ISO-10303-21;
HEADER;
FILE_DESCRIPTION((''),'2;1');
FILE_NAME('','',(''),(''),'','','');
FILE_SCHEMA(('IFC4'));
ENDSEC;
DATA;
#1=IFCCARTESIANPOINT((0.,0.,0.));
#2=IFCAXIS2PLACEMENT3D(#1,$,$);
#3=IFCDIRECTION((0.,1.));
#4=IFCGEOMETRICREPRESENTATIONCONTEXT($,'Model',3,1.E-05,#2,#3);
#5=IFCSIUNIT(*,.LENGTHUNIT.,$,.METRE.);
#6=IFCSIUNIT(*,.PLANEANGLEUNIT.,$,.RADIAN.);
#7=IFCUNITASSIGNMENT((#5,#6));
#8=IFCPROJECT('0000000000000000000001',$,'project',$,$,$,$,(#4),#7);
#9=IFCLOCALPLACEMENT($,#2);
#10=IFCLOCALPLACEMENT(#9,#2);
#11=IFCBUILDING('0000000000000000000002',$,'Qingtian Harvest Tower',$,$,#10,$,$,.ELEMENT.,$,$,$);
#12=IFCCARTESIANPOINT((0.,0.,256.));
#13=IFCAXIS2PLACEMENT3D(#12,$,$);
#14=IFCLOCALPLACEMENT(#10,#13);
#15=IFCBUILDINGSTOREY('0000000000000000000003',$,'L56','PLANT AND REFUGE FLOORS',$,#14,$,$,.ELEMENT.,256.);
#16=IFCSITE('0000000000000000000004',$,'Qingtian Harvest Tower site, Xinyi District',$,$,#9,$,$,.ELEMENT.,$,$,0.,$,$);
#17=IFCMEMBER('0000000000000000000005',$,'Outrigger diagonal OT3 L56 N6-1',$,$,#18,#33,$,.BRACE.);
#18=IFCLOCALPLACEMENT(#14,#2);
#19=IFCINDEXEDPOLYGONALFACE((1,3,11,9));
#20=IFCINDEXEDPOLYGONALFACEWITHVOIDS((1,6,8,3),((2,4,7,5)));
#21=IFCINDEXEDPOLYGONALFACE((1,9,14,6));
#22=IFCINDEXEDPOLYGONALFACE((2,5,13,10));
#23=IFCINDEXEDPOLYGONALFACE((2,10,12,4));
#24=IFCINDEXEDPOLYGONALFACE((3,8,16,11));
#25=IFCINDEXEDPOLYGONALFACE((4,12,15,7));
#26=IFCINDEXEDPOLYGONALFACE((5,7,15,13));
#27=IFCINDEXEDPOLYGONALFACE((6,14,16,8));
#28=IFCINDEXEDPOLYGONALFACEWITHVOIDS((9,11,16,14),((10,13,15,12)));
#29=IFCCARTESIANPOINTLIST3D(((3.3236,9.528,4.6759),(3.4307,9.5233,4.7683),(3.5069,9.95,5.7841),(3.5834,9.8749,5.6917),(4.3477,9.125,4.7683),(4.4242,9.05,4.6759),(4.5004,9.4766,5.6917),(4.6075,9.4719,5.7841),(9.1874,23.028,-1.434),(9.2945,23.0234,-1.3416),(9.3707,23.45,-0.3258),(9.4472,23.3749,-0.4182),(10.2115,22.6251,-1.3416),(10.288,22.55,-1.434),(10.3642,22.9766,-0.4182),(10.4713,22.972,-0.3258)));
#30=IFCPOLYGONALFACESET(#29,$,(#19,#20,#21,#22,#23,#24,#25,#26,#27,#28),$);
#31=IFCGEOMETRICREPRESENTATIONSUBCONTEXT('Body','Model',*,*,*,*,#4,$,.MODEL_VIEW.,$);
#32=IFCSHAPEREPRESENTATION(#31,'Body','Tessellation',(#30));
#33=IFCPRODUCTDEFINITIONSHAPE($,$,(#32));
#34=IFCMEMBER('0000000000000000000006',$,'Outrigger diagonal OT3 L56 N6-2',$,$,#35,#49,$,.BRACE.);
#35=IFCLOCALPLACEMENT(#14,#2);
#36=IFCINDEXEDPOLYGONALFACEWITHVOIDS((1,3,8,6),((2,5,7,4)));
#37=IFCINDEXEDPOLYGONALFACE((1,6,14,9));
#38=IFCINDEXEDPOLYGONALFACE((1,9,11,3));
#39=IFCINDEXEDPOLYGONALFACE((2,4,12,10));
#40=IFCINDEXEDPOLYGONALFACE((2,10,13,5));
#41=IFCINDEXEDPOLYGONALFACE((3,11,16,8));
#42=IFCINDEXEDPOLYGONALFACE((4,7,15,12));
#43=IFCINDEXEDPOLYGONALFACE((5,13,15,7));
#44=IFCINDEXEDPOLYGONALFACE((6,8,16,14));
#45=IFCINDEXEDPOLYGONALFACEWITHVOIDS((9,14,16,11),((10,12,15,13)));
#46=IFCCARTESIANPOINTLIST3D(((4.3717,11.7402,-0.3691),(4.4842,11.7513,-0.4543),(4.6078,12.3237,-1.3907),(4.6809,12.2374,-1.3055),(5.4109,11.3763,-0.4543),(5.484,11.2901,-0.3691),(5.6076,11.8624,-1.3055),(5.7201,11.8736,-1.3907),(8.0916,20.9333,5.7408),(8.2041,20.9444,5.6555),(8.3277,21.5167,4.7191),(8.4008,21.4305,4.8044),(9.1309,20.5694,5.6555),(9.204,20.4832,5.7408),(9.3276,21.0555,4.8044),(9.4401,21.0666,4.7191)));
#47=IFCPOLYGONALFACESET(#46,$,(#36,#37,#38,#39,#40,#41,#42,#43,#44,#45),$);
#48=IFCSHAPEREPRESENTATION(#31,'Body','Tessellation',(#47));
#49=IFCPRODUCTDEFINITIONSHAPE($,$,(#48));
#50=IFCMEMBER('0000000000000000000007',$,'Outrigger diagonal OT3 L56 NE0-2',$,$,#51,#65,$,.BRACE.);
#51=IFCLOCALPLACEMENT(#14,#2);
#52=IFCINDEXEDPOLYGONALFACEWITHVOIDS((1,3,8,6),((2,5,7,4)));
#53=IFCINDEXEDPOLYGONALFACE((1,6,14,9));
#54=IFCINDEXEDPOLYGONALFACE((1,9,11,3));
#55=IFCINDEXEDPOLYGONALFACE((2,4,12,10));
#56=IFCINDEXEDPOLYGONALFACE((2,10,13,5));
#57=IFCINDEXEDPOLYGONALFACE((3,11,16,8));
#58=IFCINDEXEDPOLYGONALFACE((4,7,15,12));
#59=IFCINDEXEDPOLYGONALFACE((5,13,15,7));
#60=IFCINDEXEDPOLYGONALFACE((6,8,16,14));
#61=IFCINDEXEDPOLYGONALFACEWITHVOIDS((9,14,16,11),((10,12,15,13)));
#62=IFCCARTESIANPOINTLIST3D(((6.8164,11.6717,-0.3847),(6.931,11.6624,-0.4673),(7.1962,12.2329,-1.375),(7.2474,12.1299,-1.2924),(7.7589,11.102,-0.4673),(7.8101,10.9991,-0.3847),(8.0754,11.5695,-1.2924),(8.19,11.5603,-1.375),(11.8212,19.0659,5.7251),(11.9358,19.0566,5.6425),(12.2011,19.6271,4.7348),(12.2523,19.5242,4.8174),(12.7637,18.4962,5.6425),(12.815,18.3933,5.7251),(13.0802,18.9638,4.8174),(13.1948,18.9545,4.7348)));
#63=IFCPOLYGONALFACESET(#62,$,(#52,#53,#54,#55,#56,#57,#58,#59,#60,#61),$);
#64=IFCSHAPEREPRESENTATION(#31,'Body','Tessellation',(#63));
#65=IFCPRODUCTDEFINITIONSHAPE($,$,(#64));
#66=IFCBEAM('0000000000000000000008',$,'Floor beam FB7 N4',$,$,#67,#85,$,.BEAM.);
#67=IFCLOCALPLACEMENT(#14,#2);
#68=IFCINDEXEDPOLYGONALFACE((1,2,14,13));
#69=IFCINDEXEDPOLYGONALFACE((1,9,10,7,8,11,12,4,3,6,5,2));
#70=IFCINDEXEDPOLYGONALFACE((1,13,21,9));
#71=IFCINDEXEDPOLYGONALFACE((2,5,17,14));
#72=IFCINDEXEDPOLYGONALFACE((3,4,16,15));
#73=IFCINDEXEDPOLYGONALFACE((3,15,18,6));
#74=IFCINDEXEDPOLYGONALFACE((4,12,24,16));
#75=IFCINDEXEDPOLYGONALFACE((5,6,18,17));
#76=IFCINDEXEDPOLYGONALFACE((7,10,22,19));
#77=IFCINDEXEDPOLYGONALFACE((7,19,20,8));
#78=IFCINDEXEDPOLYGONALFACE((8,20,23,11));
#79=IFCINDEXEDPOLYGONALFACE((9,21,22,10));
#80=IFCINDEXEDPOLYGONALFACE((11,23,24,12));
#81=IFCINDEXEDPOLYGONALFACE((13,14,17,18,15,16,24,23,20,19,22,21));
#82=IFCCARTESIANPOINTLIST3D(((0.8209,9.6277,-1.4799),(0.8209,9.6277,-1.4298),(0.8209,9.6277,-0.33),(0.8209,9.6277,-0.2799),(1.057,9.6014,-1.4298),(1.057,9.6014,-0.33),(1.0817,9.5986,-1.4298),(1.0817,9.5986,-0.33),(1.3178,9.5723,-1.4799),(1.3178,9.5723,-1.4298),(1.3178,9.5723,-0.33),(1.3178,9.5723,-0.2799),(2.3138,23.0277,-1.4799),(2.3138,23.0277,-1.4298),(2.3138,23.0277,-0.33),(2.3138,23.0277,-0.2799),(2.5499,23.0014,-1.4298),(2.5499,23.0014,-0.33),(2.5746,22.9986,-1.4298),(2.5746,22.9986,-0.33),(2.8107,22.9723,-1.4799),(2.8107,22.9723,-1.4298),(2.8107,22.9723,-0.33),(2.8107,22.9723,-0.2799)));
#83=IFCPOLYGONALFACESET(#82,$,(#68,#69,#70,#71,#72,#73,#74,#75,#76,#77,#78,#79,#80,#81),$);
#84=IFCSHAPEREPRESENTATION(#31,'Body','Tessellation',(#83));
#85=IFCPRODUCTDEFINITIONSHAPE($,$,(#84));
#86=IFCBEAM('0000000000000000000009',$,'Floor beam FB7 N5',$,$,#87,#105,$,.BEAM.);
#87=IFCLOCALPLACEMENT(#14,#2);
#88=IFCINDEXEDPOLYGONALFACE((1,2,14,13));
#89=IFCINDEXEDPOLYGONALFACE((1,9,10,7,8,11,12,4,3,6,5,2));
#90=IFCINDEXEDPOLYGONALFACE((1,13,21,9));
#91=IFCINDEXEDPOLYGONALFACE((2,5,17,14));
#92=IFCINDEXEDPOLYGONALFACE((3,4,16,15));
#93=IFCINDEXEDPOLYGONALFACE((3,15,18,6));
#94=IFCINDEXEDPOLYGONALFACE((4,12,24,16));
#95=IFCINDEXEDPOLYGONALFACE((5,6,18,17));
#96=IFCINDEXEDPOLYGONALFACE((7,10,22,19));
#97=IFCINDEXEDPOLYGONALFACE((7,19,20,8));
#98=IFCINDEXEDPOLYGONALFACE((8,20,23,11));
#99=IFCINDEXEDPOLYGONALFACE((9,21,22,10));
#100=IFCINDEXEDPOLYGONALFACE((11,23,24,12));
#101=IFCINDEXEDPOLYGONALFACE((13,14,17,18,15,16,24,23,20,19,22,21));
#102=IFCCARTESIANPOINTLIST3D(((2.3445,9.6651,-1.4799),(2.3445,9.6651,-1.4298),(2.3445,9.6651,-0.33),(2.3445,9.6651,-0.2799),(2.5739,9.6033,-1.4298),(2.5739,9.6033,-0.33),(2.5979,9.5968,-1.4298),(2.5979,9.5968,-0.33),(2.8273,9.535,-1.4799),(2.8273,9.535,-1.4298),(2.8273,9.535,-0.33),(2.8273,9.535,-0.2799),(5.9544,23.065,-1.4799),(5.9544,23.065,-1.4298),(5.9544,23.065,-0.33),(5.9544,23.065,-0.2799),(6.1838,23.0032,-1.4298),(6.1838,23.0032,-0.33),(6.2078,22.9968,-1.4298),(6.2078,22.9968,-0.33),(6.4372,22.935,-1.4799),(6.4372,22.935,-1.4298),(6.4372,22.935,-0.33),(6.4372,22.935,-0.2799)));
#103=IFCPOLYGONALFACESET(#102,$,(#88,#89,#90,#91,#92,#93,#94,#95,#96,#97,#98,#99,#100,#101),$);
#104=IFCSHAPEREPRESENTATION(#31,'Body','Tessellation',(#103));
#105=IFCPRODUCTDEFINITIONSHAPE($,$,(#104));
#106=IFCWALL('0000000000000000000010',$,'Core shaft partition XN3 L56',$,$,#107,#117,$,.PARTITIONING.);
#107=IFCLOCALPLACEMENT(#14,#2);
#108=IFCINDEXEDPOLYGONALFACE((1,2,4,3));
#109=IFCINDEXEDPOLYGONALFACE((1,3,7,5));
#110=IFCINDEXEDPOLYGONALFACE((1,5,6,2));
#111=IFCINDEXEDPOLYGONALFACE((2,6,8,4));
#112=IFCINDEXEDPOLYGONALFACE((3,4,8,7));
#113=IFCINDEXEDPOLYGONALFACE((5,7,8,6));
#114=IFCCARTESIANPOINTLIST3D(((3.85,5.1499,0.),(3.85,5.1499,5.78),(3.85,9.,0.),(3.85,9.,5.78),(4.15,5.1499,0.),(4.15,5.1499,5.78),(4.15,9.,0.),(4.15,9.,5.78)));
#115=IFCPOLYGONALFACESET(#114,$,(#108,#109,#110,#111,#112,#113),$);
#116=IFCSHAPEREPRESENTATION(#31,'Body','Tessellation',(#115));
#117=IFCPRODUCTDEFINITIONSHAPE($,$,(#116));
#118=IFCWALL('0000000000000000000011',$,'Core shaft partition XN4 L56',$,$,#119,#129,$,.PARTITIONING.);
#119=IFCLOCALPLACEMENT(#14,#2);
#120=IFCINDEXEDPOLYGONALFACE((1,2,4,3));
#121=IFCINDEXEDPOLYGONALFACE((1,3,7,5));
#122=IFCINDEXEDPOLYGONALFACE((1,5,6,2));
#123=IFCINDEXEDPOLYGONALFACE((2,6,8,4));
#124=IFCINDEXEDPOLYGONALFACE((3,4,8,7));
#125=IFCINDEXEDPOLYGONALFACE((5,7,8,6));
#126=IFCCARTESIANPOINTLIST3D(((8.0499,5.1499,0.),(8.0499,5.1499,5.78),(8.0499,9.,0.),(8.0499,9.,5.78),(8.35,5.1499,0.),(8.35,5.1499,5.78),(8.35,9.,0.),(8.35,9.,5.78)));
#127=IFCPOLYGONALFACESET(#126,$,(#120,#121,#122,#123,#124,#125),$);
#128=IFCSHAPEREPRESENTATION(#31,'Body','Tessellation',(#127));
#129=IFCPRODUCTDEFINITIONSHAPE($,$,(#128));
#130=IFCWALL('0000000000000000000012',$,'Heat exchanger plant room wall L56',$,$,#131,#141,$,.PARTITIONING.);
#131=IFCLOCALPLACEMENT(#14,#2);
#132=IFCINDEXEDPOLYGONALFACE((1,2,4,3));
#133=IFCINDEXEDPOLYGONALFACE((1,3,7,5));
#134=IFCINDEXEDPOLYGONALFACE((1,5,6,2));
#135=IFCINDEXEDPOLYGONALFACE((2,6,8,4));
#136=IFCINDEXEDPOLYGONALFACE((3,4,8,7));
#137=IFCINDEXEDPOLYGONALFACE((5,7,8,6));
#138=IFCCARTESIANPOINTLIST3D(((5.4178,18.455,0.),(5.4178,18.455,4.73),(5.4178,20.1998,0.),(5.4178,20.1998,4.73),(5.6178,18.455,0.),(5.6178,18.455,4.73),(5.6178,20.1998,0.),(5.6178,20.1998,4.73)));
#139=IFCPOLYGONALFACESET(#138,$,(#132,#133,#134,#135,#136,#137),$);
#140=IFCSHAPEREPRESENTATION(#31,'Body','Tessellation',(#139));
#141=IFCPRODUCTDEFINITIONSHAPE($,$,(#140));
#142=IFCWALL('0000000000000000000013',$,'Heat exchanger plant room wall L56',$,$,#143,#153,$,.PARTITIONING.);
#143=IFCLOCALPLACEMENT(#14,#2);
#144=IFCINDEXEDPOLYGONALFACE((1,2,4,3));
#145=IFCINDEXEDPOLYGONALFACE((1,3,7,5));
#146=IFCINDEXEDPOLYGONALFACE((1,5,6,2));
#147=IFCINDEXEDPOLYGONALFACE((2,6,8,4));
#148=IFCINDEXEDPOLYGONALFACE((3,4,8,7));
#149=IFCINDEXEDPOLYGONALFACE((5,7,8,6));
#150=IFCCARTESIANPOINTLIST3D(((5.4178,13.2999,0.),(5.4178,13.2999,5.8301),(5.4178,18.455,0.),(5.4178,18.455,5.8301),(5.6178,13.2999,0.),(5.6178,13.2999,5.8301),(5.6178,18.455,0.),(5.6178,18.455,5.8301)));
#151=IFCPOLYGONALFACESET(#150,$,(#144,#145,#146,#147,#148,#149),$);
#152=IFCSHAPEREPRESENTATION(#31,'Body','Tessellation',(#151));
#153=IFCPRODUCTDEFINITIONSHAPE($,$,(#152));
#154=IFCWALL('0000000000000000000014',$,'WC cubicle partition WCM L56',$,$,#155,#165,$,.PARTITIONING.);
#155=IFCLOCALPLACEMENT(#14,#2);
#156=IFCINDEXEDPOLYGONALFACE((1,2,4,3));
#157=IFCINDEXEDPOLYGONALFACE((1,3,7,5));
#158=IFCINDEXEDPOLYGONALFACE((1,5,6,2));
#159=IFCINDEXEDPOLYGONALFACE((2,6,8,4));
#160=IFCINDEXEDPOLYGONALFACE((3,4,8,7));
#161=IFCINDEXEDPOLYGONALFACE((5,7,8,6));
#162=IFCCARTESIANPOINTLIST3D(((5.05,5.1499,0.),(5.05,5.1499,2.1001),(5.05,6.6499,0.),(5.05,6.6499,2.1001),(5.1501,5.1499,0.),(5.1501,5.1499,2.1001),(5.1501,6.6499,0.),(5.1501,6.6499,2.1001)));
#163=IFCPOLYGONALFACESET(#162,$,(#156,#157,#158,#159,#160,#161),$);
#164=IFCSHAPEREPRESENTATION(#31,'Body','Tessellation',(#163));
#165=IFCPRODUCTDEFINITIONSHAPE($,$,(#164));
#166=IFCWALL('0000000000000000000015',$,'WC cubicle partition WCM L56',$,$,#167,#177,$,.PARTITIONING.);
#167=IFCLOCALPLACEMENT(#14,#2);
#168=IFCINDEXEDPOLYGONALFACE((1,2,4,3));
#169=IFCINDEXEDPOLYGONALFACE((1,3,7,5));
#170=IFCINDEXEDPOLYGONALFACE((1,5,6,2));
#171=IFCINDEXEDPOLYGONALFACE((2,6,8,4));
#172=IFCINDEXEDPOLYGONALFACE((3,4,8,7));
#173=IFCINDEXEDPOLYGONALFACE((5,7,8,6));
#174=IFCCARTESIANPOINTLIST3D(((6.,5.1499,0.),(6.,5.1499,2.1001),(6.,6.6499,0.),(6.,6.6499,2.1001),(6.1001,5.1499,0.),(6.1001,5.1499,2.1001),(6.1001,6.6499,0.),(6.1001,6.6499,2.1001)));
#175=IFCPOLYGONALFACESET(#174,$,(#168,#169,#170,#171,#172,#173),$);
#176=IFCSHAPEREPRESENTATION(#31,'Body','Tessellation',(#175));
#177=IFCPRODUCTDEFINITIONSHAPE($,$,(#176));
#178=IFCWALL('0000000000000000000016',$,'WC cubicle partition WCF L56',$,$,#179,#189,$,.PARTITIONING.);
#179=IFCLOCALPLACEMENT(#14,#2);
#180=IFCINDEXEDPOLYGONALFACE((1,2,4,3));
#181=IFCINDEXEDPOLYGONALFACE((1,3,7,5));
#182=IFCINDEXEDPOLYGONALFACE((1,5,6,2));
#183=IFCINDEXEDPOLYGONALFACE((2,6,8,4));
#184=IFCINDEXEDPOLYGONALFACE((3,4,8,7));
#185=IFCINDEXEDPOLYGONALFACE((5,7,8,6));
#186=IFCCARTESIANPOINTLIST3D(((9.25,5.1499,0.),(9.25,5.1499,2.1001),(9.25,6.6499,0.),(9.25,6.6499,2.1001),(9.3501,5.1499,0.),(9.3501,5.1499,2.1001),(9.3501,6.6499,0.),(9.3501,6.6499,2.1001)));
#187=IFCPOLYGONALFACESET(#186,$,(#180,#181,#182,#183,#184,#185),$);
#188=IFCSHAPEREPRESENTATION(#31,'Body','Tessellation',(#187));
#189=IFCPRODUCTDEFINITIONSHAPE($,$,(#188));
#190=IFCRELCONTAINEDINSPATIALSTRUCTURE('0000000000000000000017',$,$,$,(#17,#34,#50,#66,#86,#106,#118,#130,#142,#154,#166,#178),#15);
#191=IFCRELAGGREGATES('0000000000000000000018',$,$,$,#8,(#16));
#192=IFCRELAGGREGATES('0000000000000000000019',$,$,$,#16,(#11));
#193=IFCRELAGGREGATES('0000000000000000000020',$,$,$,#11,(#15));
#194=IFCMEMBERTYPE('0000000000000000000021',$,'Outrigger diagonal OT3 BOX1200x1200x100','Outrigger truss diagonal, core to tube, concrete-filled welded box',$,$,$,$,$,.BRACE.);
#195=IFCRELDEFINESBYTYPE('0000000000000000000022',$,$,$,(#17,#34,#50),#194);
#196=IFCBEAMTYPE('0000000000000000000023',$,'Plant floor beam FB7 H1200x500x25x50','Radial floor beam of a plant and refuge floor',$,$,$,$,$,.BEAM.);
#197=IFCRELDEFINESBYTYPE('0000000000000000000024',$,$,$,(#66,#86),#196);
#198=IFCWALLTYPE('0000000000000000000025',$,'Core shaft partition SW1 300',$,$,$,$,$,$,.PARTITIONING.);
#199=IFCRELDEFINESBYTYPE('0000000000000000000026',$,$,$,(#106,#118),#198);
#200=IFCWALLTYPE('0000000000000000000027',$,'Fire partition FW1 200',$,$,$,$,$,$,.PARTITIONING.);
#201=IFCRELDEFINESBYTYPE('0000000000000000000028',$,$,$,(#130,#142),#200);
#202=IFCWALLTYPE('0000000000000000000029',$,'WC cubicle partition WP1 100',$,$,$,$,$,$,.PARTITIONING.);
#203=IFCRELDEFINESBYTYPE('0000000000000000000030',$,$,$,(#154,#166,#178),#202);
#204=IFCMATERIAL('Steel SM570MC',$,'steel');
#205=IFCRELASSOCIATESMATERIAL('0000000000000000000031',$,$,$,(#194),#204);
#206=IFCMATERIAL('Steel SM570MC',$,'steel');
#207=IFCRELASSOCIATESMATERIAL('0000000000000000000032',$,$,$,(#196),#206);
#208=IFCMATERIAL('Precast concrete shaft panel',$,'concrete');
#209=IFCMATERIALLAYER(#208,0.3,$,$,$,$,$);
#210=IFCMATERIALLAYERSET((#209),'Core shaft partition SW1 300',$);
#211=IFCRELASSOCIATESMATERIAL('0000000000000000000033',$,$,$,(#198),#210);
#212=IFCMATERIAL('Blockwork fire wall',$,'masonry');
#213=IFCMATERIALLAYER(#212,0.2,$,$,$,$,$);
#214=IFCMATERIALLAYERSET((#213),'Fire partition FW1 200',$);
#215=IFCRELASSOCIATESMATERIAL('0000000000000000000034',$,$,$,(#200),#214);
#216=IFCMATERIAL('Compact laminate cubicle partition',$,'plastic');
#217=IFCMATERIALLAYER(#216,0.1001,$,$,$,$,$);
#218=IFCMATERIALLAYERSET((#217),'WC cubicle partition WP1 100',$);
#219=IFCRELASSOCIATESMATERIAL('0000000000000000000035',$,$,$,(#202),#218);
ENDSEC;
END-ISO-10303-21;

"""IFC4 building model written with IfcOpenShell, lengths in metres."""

from ifc_helpers import new_model, si_unit, direction, frame, frame_2d, origin, origin_2d, place, context, subcontext, project, spatial, rectangle, hollow_rectangle, i_section, extrude, material, layer, layer_set, material_profile, profile_set, type_object, element, save


model = new_model("IFC4")

# Units and contexts
model_context = context("Model", 3, precision=1e-05, world=origin(), true_north=direction((0.0, 1.0)))
body_context = subcontext(model_context, "Body", "Model", "MODEL_VIEW")
ifc_project = project(units=[si_unit("LENGTHUNIT", "METRE"), si_unit("PLANEANGLEUNIT", "RADIAN")], contexts=[model_context])

# Site, building, storey
site_placement = place(None, origin())
site = spatial("IfcSite", under=ifc_project, at=site_placement, Name="Qingtian Harvest Tower site, Xinyi District", CompositionType="ELEMENT", RefElevation=0.0)
building_placement = place(site_placement, origin())
building = spatial("IfcBuilding", under=site, at=building_placement, Name="Qingtian Harvest Tower", CompositionType="ELEMENT")
storey_placement = place(building_placement, frame((0.0, 0.0, 256.0)))
storey = spatial("IfcBuildingStorey", under=building, at=storey_placement, Name="L56", Description="PLANT AND REFUGE FLOORS", CompositionType="ELEMENT", Elevation=256.0)

# Members
ifc_material_1 = material(Name="Steel SM570MC", Category="steel")
ifc_material_profile_1 = material_profile(ifc_material_1, hollow_rectangle(XDim=1.2, YDim=1.2, WallThickness=0.1001, at=origin_2d()), Name="BOX1200x1200x100")
ifc_profile_set_1 = profile_set([ifc_material_profile_1], Name="Steel SM570MC")
member_type_1 = type_object("IfcMemberType", Name="Outrigger diagonal OT3 BOX1200x1200x100", Description="Outrigger truss diagonal, core to tube, concrete-filled welded box", PredefinedType="BRACE", material=ifc_profile_set_1)
member_1_placement = place(storey_placement, frame((9.8293, 23.0, -0.8799), z_axis=(-0.367952, -0.847125, 0.383394), x_axis=(0.917214, -0.398395, 0.0)))
element("IfcMember", 1, at=member_1_placement, inside=storey, type_object=member_type_1, Name="Outrigger diagonal OT3 L56 N6-1", PredefinedType="BRACE", context=body_context, shape_type="SweptSolid", body=[
    extrude(hollow_rectangle(XDim=1.2, YDim=1.2, WallThickness=0.1001, at=origin_2d()), origin(), (0.0, 0.0, 1.0), 15.9363),
])
member_2_placement = place(storey_placement, frame((5.0459, 11.8069, -0.8799), z_axis=(0.319358, 0.789226, 0.52453), x_axis=(-0.926984, 0.375102, 0.0)))
element("IfcMember", 2, at=member_2_placement, inside=storey, type_object=member_type_1, Name="Outrigger diagonal OT3 L56 N6-2", PredefinedType="BRACE", context=body_context, shape_type="SweptSolid", body=[
    extrude(hollow_rectangle(XDim=1.2, YDim=1.2, WallThickness=0.1001, at=origin_2d()), origin(), (0.0, 0.0, 1.0), 11.6482),
])
member_3_placement = place(storey_placement, frame((7.5032, 11.616, -0.8799), z_axis=(0.462593, 0.683442, 0.564725), x_axis=(-0.828134, 0.560529, 0.0)))
element("IfcMember", 3, at=member_3_placement, inside=storey, type_object=member_type_1, Name="Outrigger diagonal OT3 L56 NE0-2", PredefinedType="BRACE", context=body_context, shape_type="SweptSolid", body=[
    extrude(hollow_rectangle(XDim=1.2, YDim=1.2, WallThickness=0.1001, at=origin_2d()), origin(), (0.0, 0.0, 1.0), 10.8191),
])

# Beams
ifc_material_2 = material(Name="Steel SM570MC", Category="steel")
ifc_material_profile_2 = material_profile(ifc_material_2, i_section(OverallWidth=0.5, OverallDepth=1.2, WebThickness=0.0249, FlangeThickness=0.05, at=origin_2d()), Name="H1200x500x25x50")
ifc_profile_set_2 = profile_set([ifc_material_profile_2], Name="Steel SM570MC")
beam_type_1 = type_object("IfcBeamType", Name="Plant floor beam FB7 H1200x500x25x50", Description="Radial floor beam of a plant and refuge floor", PredefinedType="BEAM", material=ifc_profile_set_2)
beam_1_placement = place(storey_placement, frame((2.5623, 23.0, -0.8799), z_axis=(-0.110728, -0.993851, 0.0), x_axis=(0.993851, -0.110728, 0.0)))
element("IfcBeam", 4, at=beam_1_placement, inside=storey, type_object=beam_type_1, Name="Floor beam FB7 N4", PredefinedType="BEAM", context=body_context, shape_type="SweptSolid", body=[
    extrude(i_section(OverallWidth=0.5, OverallDepth=1.2, WebThickness=0.0249, FlangeThickness=0.05, at=origin_2d()), origin(), (0.0, 0.0, 1.0), 13.4829),
])
beam_2_placement = place(storey_placement, frame((6.1958, 23.0, -0.8799), z_axis=(-0.260121, -0.965576, 0.0), x_axis=(0.965576, -0.260121, 0.0)))
element("IfcBeam", 5, at=beam_2_placement, inside=storey, type_object=beam_type_1, Name="Floor beam FB7 N5", PredefinedType="BEAM", context=body_context, shape_type="SweptSolid", body=[
    extrude(i_section(OverallWidth=0.5, OverallDepth=1.2, WebThickness=0.0249, FlangeThickness=0.05, at=origin_2d()), origin(), (0.0, 0.0, 1.0), 13.8777),
])

# Shared definitions
ifc_material_3 = material(Name="Precast concrete shaft panel", Category="concrete")
ifc_layer_1 = layer(ifc_material_3, 0.3)
ifc_layer_set_1 = layer_set([ifc_layer_1], Name="Core shaft partition SW1 300")
wall_type_1 = type_object("IfcWallType", Name="Core shaft partition SW1 300", PredefinedType="PARTITIONING", material=ifc_layer_set_1)

# Walls
for number, where, z_axis, x_axis, name in (
    (6, (4.0, 5.1499, 0.0), (0.0, 0.0, 1.0), (0.0, 1.0, 0.0), "Core shaft partition XN3 L56"),
    (7, (8.2, 5.1499, 0.0), (0.0, 0.0, 1.0), (0.0, 1.0, 0.0), "Core shaft partition XN4 L56"),
):
    element("IfcWall", number, at=place(storey_placement, frame(where, z_axis=z_axis, x_axis=x_axis)), inside=storey, type_object=wall_type_1, Name=name, PredefinedType="PARTITIONING", context=body_context, shape_type="SweptSolid", body=[
        extrude(rectangle(XDim=3.8501, YDim=0.3, at=frame_2d((1.925, 0.0))), origin(), (0.0, 0.0, 1.0), 5.78),
    ])
ifc_material_4 = material(Name="Blockwork fire wall", Category="masonry")
ifc_layer_2 = layer(ifc_material_4, 0.2)
ifc_layer_set_2 = layer_set([ifc_layer_2], Name="Fire partition FW1 200")
wall_type_2 = type_object("IfcWallType", Name="Fire partition FW1 200", PredefinedType="PARTITIONING", material=ifc_layer_set_2)
wall_1_placement = place(storey_placement, frame((5.5178, 20.2, 0.0), z_axis=(0.0, 0.0, 1.0), x_axis=(0.0, -1.0, 0.0)))
element("IfcWall", 8, at=wall_1_placement, inside=storey, type_object=wall_type_2, Name="Heat exchanger plant room wall L56", PredefinedType="PARTITIONING", context=body_context, shape_type="SweptSolid", body=[
    extrude(rectangle(XDim=1.7449, YDim=0.2, at=frame_2d((0.8726, 0.0))), origin(), (0.0, 0.0, 1.0), 4.73),
])
wall_2_placement = place(storey_placement, frame((5.5178, 18.4551, 0.0), z_axis=(0.0, 0.0, 1.0), x_axis=(0.0, -1.0, 0.0)))
element("IfcWall", 9, at=wall_2_placement, inside=storey, type_object=wall_type_2, Name="Heat exchanger plant room wall L56", PredefinedType="PARTITIONING", context=body_context, shape_type="SweptSolid", body=[
    extrude(rectangle(XDim=5.155, YDim=0.2, at=frame_2d((2.5776, 0.0))), origin(), (0.0, 0.0, 1.0), 5.8301),
])
ifc_material_5 = material(Name="Compact laminate cubicle partition", Category="plastic")
ifc_layer_3 = layer(ifc_material_5, 0.1001)
ifc_layer_set_3 = layer_set([ifc_layer_3], Name="WC cubicle partition WP1 100")
wall_type_3 = type_object("IfcWallType", Name="WC cubicle partition WP1 100", PredefinedType="PARTITIONING", material=ifc_layer_set_3)
for number, where, z_axis, x_axis, name in (
    (10, (5.1001, 5.1499, 0.0), (0.0, 0.0, 1.0), (0.0, 1.0, 0.0), "WC cubicle partition WCM L56"),
    (11, (6.05, 5.1499, 0.0), (0.0, 0.0, 1.0), (0.0, 1.0, 0.0), "WC cubicle partition WCM L56"),
    (12, (9.3, 5.1499, 0.0), (0.0, 0.0, 1.0), (0.0, 1.0, 0.0), "WC cubicle partition WCF L56"),
):
    element("IfcWall", number, at=place(storey_placement, frame(where, z_axis=z_axis, x_axis=x_axis)), inside=storey, type_object=wall_type_3, Name=name, PredefinedType="PARTITIONING", context=body_context, shape_type="SweptSolid", body=[
        extrude(rectangle(XDim=1.5, YDim=0.1001, at=frame_2d((0.75, 0.0))), origin(), (0.0, 0.0, 1.0), 2.1001),
    ])

save(model, "model.ifc")
